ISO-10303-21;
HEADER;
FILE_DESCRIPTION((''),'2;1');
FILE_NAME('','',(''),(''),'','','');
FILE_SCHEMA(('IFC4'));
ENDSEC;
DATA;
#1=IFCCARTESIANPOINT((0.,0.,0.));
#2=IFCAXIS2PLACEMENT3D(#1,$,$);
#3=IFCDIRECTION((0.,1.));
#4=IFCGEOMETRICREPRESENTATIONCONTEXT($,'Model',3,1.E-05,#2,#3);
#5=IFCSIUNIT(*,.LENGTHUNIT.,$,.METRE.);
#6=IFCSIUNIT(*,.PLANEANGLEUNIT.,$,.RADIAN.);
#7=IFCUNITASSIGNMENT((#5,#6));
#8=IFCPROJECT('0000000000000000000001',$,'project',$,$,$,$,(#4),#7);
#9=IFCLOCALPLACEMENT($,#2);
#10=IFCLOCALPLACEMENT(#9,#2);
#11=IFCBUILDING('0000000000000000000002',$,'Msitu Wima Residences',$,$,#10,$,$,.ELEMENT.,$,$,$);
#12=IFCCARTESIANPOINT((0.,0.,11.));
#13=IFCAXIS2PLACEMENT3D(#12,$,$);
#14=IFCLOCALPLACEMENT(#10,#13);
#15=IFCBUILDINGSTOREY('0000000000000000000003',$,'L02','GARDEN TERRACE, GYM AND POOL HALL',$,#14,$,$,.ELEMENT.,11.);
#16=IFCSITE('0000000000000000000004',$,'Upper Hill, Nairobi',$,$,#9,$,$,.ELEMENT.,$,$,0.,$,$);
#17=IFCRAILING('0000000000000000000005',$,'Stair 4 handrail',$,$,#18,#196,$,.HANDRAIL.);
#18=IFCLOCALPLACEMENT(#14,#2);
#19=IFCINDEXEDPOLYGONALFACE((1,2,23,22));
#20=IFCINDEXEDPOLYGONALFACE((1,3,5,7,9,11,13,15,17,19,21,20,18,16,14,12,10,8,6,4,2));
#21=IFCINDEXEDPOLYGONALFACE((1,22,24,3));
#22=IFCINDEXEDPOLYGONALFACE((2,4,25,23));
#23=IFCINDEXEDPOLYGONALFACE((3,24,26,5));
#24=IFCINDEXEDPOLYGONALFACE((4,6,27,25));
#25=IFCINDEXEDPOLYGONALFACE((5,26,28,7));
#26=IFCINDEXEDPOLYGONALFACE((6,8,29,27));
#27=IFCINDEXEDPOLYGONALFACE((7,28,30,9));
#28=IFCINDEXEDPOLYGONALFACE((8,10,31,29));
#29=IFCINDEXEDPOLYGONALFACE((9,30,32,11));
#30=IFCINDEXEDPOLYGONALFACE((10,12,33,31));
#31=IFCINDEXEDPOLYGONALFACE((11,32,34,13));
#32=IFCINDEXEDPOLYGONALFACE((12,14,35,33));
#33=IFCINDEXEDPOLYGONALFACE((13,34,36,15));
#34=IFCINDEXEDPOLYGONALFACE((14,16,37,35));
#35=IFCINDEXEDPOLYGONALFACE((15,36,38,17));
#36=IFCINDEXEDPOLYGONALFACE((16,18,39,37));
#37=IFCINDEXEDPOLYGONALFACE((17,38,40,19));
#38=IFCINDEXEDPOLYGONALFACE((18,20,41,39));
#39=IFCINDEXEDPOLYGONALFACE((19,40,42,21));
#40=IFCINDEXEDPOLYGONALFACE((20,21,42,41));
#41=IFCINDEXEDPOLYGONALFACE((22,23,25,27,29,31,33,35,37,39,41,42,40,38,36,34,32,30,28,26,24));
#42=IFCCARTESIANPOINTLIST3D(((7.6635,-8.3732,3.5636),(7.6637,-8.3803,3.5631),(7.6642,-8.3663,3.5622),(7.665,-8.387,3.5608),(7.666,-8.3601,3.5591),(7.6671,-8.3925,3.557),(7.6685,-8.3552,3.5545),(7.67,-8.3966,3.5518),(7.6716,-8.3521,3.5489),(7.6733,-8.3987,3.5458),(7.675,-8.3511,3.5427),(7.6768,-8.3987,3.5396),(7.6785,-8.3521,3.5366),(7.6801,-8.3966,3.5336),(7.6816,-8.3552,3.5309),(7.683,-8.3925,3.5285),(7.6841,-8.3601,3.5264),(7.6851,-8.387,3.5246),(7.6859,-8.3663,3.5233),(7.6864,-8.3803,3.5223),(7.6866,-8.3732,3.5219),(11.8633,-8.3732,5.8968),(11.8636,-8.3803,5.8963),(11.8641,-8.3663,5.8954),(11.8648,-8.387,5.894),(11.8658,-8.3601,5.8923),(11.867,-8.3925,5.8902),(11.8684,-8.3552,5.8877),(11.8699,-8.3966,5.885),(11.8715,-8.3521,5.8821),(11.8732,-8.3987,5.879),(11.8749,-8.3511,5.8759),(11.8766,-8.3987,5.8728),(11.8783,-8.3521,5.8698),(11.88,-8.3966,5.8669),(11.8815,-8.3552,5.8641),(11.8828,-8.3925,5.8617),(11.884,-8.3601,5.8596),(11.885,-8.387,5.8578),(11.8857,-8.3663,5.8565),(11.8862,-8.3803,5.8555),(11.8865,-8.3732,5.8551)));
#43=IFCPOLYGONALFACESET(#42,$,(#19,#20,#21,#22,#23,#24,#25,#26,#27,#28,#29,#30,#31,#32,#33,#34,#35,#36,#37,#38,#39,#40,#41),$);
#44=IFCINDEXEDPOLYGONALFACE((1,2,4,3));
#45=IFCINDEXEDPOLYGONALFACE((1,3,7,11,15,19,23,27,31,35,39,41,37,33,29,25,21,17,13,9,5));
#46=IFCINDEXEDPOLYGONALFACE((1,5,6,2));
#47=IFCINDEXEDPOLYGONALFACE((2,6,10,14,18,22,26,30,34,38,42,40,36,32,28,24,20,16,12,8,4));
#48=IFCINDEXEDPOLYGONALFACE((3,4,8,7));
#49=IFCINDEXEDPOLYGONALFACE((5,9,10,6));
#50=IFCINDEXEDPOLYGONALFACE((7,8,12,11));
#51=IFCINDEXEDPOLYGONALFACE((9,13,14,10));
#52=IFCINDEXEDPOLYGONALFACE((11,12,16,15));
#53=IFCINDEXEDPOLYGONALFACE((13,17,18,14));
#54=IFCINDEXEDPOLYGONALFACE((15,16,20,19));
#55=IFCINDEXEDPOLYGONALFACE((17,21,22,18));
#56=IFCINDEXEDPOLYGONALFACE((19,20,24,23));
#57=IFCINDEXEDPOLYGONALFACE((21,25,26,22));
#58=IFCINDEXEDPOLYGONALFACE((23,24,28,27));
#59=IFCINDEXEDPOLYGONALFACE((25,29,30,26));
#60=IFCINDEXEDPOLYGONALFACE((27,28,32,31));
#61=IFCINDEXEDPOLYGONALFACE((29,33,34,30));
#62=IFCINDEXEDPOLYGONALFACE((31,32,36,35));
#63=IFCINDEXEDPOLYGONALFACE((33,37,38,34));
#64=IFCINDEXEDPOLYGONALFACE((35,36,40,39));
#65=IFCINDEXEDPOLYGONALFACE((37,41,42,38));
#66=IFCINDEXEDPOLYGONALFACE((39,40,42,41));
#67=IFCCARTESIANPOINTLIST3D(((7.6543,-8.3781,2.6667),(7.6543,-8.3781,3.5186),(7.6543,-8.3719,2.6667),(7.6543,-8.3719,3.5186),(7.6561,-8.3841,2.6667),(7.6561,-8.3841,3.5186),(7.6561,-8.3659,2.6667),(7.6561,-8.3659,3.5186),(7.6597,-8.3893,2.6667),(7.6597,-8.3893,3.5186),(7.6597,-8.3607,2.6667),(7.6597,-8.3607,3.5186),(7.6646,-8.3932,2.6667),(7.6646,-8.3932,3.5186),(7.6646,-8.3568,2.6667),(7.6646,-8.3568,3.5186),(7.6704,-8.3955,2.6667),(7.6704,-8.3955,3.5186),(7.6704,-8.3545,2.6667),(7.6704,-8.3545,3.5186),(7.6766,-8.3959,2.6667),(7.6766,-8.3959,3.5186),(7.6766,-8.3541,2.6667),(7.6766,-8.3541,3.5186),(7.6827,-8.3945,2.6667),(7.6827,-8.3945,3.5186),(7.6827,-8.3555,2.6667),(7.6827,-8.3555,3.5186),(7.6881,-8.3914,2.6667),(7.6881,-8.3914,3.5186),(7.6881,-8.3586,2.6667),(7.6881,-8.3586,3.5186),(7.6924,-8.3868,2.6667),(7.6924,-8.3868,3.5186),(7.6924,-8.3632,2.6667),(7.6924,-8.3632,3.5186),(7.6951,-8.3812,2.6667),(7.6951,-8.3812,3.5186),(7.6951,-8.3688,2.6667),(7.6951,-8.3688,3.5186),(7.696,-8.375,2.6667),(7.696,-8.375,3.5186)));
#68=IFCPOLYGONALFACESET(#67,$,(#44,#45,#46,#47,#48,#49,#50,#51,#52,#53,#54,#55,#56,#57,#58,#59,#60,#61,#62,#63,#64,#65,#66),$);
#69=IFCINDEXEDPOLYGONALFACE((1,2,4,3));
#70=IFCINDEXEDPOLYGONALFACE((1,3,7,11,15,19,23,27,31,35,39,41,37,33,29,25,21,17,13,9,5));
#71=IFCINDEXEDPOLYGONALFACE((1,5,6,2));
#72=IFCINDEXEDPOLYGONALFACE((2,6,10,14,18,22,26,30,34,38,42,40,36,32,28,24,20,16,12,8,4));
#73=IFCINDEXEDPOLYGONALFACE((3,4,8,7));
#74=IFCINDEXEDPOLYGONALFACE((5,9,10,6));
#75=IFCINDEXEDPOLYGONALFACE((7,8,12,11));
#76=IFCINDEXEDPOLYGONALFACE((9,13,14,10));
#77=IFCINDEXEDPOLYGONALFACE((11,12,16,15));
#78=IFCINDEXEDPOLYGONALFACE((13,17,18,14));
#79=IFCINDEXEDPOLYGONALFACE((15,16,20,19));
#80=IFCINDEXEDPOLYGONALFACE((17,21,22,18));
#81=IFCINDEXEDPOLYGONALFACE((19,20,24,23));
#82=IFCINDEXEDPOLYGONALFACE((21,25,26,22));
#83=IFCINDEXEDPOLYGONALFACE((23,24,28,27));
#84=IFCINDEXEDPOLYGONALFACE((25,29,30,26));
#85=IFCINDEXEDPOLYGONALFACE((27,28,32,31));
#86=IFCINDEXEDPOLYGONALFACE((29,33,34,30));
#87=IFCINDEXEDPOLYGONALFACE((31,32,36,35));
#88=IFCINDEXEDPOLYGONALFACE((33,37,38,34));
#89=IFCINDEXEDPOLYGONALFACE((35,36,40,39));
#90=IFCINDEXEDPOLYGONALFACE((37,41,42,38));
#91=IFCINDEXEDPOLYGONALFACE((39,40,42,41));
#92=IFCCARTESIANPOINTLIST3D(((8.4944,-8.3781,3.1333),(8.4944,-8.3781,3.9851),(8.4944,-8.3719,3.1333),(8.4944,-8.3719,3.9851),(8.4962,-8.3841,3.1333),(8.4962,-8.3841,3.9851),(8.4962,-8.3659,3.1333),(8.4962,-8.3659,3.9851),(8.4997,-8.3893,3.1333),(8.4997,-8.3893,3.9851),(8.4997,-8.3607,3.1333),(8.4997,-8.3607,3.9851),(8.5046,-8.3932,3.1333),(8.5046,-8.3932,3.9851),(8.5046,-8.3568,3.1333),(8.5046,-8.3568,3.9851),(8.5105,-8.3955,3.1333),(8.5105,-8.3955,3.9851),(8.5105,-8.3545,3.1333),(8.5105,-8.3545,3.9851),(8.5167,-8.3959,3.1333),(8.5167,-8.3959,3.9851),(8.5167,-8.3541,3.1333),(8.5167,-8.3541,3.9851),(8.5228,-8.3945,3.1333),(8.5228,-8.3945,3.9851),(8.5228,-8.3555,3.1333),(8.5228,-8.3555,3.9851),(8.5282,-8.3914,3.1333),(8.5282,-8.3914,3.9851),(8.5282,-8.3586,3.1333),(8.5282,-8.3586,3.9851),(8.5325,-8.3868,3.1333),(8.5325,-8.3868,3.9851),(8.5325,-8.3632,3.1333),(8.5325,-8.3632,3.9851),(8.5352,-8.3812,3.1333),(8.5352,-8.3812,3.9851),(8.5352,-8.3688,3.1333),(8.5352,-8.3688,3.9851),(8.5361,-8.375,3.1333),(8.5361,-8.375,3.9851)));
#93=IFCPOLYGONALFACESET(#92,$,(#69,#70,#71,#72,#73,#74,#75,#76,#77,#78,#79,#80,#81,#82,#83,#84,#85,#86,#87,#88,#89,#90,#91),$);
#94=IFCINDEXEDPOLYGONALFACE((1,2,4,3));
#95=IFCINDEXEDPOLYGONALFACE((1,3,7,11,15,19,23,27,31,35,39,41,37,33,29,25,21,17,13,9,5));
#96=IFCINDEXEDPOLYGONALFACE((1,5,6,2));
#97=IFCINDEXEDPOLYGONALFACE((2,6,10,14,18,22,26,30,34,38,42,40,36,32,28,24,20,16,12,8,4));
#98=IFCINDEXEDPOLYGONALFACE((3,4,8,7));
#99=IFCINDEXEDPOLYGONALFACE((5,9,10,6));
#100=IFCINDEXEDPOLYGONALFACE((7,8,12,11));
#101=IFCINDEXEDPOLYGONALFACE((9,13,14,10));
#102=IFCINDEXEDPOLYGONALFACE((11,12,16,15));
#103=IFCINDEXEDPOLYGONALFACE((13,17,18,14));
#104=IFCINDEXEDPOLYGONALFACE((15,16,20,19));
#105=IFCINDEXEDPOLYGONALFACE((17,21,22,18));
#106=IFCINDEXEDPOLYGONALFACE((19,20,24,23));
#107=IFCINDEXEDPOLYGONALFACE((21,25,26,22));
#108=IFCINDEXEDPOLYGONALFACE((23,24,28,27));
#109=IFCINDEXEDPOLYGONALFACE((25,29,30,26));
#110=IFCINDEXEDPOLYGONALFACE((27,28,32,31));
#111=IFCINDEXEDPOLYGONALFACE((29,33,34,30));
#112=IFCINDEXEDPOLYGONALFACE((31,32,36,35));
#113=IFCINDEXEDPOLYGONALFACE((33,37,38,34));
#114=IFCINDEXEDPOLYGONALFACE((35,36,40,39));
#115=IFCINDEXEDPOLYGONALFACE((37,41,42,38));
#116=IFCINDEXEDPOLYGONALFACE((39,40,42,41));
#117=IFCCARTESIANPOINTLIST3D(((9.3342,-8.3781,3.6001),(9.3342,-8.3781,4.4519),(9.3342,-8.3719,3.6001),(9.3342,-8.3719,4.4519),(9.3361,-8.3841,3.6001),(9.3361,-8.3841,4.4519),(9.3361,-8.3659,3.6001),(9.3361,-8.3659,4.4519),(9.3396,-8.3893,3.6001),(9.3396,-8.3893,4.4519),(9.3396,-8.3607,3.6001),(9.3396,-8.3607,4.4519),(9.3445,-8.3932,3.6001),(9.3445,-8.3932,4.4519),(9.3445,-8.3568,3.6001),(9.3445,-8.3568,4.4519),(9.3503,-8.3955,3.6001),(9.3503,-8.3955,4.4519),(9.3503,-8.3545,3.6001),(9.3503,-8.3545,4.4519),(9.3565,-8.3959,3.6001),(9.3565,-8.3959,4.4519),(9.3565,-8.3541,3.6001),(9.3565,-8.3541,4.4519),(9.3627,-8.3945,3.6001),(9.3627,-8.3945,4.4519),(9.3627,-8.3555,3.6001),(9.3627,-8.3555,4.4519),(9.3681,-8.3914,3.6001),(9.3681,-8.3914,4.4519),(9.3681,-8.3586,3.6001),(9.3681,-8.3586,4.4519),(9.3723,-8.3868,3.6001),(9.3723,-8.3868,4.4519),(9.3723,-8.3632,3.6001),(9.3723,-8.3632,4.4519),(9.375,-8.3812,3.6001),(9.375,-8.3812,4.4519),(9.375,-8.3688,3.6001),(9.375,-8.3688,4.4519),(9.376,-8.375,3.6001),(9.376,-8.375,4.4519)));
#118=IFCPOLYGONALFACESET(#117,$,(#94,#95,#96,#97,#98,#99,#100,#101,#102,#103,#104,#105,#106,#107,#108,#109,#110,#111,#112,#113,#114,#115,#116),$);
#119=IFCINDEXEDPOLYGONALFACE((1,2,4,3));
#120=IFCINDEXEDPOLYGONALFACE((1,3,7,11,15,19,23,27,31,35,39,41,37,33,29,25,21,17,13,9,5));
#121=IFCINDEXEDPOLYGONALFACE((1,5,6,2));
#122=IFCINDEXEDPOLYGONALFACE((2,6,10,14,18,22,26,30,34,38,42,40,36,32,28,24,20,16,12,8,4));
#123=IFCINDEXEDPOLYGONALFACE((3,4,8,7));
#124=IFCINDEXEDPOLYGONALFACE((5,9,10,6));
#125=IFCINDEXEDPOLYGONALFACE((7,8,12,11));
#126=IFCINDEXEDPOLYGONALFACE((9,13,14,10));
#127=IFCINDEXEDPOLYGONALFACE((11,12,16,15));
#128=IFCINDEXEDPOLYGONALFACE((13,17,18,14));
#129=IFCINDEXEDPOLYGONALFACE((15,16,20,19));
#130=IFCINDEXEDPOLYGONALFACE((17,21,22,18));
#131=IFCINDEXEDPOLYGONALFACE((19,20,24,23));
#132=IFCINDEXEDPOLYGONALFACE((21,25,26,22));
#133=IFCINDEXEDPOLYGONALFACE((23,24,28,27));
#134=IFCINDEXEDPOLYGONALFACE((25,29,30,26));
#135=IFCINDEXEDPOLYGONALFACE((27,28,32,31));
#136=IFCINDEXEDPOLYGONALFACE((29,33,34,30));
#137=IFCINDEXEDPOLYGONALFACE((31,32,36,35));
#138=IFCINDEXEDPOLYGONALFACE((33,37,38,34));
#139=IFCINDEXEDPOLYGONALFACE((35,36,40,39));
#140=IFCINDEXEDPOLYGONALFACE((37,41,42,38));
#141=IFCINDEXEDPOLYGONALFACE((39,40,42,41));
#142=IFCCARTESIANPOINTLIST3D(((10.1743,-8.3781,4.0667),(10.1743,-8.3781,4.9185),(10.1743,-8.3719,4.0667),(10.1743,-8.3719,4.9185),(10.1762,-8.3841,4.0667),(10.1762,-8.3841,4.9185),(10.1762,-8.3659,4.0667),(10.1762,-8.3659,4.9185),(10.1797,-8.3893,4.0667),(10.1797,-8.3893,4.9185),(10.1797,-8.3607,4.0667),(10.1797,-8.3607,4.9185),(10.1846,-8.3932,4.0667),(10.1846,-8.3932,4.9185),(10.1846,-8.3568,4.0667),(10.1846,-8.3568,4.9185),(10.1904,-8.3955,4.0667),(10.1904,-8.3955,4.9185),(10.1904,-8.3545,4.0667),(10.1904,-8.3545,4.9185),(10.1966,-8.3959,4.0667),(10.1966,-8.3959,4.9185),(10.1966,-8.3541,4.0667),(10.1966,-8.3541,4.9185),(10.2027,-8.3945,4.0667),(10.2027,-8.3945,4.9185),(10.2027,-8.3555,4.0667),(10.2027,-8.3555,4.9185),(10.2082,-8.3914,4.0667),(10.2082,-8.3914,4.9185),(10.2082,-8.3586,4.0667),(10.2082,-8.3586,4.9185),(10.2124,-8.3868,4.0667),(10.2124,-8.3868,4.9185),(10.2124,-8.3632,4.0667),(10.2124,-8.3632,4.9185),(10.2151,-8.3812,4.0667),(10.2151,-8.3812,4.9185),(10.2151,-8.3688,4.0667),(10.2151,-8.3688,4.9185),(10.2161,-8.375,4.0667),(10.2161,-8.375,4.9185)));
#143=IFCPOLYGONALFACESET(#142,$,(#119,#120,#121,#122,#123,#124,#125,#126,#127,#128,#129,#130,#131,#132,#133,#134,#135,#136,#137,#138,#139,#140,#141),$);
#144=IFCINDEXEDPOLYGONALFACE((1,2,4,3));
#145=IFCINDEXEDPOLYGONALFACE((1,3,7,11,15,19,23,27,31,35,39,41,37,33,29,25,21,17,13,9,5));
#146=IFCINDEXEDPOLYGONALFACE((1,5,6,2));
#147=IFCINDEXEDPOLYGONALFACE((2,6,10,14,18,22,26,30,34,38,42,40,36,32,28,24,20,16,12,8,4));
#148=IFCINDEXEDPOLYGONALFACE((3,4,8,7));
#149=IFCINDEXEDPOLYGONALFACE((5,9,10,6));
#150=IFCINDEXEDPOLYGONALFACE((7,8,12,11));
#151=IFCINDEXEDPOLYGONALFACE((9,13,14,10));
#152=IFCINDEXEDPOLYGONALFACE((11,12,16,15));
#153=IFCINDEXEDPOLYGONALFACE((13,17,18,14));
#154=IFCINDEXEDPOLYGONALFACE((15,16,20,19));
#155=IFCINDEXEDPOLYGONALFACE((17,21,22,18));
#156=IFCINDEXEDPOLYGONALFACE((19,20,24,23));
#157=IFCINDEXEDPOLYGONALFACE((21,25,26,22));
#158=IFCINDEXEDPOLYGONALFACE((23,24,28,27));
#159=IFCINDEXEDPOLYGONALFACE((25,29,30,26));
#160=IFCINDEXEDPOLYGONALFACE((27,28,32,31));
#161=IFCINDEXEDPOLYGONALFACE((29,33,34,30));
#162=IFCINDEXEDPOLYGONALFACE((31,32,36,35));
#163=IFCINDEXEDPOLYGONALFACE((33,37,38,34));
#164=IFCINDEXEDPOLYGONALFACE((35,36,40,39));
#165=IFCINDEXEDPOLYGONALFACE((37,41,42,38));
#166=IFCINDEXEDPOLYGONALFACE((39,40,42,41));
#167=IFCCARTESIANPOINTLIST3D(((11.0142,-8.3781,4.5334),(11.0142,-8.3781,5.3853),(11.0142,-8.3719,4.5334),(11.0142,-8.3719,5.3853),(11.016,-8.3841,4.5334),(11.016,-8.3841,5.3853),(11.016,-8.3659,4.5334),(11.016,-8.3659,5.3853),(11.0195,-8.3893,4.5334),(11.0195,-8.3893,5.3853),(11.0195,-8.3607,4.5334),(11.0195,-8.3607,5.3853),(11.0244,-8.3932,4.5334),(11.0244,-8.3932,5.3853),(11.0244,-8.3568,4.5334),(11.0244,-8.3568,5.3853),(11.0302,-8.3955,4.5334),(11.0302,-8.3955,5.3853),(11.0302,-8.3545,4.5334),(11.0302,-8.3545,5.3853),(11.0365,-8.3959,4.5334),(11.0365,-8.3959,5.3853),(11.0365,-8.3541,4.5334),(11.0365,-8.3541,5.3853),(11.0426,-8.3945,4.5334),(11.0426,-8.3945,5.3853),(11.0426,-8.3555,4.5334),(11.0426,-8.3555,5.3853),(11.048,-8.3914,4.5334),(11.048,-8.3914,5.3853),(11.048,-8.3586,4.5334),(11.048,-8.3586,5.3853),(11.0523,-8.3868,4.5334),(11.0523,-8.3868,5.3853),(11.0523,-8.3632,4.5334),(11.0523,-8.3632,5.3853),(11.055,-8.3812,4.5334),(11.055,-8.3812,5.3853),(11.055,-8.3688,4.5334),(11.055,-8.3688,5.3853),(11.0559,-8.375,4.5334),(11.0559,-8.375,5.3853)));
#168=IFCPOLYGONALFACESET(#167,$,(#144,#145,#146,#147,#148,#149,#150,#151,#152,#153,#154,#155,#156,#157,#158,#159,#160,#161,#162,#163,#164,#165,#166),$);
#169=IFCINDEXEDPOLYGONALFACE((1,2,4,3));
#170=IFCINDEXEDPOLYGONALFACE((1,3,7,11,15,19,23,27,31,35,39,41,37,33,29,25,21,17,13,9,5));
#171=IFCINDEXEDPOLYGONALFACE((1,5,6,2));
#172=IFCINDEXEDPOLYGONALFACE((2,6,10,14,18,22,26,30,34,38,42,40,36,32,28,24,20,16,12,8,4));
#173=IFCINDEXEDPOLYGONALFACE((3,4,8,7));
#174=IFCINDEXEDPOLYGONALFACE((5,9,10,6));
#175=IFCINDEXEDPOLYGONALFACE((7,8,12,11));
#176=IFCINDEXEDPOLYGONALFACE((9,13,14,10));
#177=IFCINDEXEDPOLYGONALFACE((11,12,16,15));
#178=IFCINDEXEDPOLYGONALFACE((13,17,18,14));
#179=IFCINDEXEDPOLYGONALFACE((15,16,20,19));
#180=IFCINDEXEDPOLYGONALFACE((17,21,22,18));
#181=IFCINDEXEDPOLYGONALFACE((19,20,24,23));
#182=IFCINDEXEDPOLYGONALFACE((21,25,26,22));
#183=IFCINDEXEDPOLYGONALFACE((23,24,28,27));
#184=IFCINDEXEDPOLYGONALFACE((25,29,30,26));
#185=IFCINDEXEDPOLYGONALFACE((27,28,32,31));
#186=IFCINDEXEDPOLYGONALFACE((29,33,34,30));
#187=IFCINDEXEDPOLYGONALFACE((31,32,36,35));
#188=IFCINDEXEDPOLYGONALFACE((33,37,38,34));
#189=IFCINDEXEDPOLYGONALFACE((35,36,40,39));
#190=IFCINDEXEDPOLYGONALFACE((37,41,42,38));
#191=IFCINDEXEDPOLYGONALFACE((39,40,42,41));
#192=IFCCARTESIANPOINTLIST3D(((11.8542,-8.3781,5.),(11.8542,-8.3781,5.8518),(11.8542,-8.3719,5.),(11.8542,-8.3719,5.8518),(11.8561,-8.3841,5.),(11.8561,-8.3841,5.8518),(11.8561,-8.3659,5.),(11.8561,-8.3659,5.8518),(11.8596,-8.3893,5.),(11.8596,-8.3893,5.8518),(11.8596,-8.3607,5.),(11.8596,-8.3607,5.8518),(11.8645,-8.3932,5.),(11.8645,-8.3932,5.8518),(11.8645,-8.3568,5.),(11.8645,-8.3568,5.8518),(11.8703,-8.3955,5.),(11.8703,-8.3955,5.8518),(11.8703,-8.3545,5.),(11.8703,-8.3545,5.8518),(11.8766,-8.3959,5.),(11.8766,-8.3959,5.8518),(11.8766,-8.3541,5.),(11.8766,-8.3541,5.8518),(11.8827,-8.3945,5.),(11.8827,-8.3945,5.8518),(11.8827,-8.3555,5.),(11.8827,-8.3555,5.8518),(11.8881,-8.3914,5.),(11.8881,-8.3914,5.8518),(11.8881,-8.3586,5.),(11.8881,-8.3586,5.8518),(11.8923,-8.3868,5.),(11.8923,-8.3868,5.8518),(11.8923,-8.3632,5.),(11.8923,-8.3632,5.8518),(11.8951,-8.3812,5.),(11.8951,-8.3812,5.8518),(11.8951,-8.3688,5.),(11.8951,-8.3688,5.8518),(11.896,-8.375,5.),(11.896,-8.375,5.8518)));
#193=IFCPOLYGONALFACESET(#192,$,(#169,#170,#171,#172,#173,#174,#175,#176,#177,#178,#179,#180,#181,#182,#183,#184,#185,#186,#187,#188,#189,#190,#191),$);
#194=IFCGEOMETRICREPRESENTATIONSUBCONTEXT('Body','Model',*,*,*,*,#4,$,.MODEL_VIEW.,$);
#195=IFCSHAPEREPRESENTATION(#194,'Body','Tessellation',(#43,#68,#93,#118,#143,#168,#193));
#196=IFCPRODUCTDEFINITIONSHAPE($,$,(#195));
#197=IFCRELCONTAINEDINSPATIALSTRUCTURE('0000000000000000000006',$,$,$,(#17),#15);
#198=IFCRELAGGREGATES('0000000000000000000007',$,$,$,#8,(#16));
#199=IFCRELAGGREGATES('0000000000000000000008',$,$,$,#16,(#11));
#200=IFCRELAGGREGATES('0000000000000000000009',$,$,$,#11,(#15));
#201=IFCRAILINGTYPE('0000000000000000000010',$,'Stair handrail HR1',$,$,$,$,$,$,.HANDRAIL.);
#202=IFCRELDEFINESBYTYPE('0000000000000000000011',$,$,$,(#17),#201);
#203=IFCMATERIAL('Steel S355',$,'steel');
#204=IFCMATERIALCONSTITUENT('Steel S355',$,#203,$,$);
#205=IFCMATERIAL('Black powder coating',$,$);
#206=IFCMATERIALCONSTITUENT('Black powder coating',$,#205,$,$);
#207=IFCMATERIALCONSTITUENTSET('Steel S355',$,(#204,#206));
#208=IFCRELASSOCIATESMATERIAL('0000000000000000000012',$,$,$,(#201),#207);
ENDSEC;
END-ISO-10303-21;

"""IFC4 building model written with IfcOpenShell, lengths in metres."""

from ifc_helpers import new_model, si_unit, direction, frame, origin, origin_2d, place, context, subcontext, project, spatial, circle, extrude, material, constituent, constituent_set, type_object, element, save


model = new_model("IFC4")

# Units and contexts
model_context = context("Model", 3, precision=1e-05, world=origin(), true_north=direction((0.0, 1.0)))
body_context = subcontext(model_context, "Body", "Model", "MODEL_VIEW")
ifc_project = project(units=[si_unit("LENGTHUNIT", "METRE"), si_unit("PLANEANGLEUNIT", "RADIAN")], contexts=[model_context])

# Site, building, storey
site_placement = place(None, origin())
site = spatial("IfcSite", under=ifc_project, at=site_placement, Name="Upper Hill, Nairobi", CompositionType="ELEMENT", RefElevation=0.0)
building_placement = place(site_placement, origin())
building = spatial("IfcBuilding", under=site, at=building_placement, Name="Msitu Wima Residences", CompositionType="ELEMENT")
storey_placement = place(building_placement, frame((0.0, 0.0, 11.0)))
storey = spatial("IfcBuildingStorey", under=building, at=storey_placement, Name="L02", Description="GARDEN TERRACE, GYM AND POOL HALL", CompositionType="ELEMENT", Elevation=11.0)

# Railing
ifc_material_1 = material(Name="Steel S355", Category="steel")
ifc_constituent_1 = constituent(ifc_material_1, Name="Steel S355")
ifc_material_2 = material(Name="Black powder coating")
ifc_constituent_2 = constituent(ifc_material_2, Name="Black powder coating")
ifc_constituent_set = constituent_set(constituents=[ifc_constituent_1, ifc_constituent_2], Name="Steel S355")
railing_type = type_object("IfcRailingType", Name="Stair handrail HR1", PredefinedType="HANDRAIL", material=ifc_constituent_set)
railing_placement = place(storey_placement, frame((7.675, -8.375, 2.6667)))
element("IfcRailing", 1, at=railing_placement, inside=storey, type_object=railing_type, Name="Stair 4 handrail", PredefinedType="HANDRAIL", context=body_context, shape_type="SweptSolid", body=[
    extrude(circle(Radius=0.0239, at=origin_2d()), frame((0.0, 0.0, 0.876), z_axis=(0.874162, 0.0, 0.485634), x_axis=(0.0, 1.0, 0.0)), (0.0, 0.0, 1.0), 4.8044),
    extrude(circle(Radius=0.021, at=origin_2d()), origin(), (0.0, 0.0, 1.0), 0.8518),
    extrude(circle(Radius=0.021, at=origin_2d()), frame((0.8401, 0.0, 0.4666)), (0.0, 0.0, 1.0), 0.8518),
    extrude(circle(Radius=0.021, at=origin_2d()), frame((1.6799, 0.0, 0.9333)), (0.0, 0.0, 1.0), 0.8518),
    extrude(circle(Radius=0.021, at=origin_2d()), frame((2.52, 0.0, 1.3999)), (0.0, 0.0, 1.0), 0.8518),
    extrude(circle(Radius=0.021, at=origin_2d()), frame((3.3599, 0.0, 1.8667)), (0.0, 0.0, 1.0), 0.8518),
    extrude(circle(Radius=0.021, at=origin_2d()), frame((4.2, 0.0, 2.3333)), (0.0, 0.0, 1.0), 0.8518),
])

save(model, "model.ifc")
